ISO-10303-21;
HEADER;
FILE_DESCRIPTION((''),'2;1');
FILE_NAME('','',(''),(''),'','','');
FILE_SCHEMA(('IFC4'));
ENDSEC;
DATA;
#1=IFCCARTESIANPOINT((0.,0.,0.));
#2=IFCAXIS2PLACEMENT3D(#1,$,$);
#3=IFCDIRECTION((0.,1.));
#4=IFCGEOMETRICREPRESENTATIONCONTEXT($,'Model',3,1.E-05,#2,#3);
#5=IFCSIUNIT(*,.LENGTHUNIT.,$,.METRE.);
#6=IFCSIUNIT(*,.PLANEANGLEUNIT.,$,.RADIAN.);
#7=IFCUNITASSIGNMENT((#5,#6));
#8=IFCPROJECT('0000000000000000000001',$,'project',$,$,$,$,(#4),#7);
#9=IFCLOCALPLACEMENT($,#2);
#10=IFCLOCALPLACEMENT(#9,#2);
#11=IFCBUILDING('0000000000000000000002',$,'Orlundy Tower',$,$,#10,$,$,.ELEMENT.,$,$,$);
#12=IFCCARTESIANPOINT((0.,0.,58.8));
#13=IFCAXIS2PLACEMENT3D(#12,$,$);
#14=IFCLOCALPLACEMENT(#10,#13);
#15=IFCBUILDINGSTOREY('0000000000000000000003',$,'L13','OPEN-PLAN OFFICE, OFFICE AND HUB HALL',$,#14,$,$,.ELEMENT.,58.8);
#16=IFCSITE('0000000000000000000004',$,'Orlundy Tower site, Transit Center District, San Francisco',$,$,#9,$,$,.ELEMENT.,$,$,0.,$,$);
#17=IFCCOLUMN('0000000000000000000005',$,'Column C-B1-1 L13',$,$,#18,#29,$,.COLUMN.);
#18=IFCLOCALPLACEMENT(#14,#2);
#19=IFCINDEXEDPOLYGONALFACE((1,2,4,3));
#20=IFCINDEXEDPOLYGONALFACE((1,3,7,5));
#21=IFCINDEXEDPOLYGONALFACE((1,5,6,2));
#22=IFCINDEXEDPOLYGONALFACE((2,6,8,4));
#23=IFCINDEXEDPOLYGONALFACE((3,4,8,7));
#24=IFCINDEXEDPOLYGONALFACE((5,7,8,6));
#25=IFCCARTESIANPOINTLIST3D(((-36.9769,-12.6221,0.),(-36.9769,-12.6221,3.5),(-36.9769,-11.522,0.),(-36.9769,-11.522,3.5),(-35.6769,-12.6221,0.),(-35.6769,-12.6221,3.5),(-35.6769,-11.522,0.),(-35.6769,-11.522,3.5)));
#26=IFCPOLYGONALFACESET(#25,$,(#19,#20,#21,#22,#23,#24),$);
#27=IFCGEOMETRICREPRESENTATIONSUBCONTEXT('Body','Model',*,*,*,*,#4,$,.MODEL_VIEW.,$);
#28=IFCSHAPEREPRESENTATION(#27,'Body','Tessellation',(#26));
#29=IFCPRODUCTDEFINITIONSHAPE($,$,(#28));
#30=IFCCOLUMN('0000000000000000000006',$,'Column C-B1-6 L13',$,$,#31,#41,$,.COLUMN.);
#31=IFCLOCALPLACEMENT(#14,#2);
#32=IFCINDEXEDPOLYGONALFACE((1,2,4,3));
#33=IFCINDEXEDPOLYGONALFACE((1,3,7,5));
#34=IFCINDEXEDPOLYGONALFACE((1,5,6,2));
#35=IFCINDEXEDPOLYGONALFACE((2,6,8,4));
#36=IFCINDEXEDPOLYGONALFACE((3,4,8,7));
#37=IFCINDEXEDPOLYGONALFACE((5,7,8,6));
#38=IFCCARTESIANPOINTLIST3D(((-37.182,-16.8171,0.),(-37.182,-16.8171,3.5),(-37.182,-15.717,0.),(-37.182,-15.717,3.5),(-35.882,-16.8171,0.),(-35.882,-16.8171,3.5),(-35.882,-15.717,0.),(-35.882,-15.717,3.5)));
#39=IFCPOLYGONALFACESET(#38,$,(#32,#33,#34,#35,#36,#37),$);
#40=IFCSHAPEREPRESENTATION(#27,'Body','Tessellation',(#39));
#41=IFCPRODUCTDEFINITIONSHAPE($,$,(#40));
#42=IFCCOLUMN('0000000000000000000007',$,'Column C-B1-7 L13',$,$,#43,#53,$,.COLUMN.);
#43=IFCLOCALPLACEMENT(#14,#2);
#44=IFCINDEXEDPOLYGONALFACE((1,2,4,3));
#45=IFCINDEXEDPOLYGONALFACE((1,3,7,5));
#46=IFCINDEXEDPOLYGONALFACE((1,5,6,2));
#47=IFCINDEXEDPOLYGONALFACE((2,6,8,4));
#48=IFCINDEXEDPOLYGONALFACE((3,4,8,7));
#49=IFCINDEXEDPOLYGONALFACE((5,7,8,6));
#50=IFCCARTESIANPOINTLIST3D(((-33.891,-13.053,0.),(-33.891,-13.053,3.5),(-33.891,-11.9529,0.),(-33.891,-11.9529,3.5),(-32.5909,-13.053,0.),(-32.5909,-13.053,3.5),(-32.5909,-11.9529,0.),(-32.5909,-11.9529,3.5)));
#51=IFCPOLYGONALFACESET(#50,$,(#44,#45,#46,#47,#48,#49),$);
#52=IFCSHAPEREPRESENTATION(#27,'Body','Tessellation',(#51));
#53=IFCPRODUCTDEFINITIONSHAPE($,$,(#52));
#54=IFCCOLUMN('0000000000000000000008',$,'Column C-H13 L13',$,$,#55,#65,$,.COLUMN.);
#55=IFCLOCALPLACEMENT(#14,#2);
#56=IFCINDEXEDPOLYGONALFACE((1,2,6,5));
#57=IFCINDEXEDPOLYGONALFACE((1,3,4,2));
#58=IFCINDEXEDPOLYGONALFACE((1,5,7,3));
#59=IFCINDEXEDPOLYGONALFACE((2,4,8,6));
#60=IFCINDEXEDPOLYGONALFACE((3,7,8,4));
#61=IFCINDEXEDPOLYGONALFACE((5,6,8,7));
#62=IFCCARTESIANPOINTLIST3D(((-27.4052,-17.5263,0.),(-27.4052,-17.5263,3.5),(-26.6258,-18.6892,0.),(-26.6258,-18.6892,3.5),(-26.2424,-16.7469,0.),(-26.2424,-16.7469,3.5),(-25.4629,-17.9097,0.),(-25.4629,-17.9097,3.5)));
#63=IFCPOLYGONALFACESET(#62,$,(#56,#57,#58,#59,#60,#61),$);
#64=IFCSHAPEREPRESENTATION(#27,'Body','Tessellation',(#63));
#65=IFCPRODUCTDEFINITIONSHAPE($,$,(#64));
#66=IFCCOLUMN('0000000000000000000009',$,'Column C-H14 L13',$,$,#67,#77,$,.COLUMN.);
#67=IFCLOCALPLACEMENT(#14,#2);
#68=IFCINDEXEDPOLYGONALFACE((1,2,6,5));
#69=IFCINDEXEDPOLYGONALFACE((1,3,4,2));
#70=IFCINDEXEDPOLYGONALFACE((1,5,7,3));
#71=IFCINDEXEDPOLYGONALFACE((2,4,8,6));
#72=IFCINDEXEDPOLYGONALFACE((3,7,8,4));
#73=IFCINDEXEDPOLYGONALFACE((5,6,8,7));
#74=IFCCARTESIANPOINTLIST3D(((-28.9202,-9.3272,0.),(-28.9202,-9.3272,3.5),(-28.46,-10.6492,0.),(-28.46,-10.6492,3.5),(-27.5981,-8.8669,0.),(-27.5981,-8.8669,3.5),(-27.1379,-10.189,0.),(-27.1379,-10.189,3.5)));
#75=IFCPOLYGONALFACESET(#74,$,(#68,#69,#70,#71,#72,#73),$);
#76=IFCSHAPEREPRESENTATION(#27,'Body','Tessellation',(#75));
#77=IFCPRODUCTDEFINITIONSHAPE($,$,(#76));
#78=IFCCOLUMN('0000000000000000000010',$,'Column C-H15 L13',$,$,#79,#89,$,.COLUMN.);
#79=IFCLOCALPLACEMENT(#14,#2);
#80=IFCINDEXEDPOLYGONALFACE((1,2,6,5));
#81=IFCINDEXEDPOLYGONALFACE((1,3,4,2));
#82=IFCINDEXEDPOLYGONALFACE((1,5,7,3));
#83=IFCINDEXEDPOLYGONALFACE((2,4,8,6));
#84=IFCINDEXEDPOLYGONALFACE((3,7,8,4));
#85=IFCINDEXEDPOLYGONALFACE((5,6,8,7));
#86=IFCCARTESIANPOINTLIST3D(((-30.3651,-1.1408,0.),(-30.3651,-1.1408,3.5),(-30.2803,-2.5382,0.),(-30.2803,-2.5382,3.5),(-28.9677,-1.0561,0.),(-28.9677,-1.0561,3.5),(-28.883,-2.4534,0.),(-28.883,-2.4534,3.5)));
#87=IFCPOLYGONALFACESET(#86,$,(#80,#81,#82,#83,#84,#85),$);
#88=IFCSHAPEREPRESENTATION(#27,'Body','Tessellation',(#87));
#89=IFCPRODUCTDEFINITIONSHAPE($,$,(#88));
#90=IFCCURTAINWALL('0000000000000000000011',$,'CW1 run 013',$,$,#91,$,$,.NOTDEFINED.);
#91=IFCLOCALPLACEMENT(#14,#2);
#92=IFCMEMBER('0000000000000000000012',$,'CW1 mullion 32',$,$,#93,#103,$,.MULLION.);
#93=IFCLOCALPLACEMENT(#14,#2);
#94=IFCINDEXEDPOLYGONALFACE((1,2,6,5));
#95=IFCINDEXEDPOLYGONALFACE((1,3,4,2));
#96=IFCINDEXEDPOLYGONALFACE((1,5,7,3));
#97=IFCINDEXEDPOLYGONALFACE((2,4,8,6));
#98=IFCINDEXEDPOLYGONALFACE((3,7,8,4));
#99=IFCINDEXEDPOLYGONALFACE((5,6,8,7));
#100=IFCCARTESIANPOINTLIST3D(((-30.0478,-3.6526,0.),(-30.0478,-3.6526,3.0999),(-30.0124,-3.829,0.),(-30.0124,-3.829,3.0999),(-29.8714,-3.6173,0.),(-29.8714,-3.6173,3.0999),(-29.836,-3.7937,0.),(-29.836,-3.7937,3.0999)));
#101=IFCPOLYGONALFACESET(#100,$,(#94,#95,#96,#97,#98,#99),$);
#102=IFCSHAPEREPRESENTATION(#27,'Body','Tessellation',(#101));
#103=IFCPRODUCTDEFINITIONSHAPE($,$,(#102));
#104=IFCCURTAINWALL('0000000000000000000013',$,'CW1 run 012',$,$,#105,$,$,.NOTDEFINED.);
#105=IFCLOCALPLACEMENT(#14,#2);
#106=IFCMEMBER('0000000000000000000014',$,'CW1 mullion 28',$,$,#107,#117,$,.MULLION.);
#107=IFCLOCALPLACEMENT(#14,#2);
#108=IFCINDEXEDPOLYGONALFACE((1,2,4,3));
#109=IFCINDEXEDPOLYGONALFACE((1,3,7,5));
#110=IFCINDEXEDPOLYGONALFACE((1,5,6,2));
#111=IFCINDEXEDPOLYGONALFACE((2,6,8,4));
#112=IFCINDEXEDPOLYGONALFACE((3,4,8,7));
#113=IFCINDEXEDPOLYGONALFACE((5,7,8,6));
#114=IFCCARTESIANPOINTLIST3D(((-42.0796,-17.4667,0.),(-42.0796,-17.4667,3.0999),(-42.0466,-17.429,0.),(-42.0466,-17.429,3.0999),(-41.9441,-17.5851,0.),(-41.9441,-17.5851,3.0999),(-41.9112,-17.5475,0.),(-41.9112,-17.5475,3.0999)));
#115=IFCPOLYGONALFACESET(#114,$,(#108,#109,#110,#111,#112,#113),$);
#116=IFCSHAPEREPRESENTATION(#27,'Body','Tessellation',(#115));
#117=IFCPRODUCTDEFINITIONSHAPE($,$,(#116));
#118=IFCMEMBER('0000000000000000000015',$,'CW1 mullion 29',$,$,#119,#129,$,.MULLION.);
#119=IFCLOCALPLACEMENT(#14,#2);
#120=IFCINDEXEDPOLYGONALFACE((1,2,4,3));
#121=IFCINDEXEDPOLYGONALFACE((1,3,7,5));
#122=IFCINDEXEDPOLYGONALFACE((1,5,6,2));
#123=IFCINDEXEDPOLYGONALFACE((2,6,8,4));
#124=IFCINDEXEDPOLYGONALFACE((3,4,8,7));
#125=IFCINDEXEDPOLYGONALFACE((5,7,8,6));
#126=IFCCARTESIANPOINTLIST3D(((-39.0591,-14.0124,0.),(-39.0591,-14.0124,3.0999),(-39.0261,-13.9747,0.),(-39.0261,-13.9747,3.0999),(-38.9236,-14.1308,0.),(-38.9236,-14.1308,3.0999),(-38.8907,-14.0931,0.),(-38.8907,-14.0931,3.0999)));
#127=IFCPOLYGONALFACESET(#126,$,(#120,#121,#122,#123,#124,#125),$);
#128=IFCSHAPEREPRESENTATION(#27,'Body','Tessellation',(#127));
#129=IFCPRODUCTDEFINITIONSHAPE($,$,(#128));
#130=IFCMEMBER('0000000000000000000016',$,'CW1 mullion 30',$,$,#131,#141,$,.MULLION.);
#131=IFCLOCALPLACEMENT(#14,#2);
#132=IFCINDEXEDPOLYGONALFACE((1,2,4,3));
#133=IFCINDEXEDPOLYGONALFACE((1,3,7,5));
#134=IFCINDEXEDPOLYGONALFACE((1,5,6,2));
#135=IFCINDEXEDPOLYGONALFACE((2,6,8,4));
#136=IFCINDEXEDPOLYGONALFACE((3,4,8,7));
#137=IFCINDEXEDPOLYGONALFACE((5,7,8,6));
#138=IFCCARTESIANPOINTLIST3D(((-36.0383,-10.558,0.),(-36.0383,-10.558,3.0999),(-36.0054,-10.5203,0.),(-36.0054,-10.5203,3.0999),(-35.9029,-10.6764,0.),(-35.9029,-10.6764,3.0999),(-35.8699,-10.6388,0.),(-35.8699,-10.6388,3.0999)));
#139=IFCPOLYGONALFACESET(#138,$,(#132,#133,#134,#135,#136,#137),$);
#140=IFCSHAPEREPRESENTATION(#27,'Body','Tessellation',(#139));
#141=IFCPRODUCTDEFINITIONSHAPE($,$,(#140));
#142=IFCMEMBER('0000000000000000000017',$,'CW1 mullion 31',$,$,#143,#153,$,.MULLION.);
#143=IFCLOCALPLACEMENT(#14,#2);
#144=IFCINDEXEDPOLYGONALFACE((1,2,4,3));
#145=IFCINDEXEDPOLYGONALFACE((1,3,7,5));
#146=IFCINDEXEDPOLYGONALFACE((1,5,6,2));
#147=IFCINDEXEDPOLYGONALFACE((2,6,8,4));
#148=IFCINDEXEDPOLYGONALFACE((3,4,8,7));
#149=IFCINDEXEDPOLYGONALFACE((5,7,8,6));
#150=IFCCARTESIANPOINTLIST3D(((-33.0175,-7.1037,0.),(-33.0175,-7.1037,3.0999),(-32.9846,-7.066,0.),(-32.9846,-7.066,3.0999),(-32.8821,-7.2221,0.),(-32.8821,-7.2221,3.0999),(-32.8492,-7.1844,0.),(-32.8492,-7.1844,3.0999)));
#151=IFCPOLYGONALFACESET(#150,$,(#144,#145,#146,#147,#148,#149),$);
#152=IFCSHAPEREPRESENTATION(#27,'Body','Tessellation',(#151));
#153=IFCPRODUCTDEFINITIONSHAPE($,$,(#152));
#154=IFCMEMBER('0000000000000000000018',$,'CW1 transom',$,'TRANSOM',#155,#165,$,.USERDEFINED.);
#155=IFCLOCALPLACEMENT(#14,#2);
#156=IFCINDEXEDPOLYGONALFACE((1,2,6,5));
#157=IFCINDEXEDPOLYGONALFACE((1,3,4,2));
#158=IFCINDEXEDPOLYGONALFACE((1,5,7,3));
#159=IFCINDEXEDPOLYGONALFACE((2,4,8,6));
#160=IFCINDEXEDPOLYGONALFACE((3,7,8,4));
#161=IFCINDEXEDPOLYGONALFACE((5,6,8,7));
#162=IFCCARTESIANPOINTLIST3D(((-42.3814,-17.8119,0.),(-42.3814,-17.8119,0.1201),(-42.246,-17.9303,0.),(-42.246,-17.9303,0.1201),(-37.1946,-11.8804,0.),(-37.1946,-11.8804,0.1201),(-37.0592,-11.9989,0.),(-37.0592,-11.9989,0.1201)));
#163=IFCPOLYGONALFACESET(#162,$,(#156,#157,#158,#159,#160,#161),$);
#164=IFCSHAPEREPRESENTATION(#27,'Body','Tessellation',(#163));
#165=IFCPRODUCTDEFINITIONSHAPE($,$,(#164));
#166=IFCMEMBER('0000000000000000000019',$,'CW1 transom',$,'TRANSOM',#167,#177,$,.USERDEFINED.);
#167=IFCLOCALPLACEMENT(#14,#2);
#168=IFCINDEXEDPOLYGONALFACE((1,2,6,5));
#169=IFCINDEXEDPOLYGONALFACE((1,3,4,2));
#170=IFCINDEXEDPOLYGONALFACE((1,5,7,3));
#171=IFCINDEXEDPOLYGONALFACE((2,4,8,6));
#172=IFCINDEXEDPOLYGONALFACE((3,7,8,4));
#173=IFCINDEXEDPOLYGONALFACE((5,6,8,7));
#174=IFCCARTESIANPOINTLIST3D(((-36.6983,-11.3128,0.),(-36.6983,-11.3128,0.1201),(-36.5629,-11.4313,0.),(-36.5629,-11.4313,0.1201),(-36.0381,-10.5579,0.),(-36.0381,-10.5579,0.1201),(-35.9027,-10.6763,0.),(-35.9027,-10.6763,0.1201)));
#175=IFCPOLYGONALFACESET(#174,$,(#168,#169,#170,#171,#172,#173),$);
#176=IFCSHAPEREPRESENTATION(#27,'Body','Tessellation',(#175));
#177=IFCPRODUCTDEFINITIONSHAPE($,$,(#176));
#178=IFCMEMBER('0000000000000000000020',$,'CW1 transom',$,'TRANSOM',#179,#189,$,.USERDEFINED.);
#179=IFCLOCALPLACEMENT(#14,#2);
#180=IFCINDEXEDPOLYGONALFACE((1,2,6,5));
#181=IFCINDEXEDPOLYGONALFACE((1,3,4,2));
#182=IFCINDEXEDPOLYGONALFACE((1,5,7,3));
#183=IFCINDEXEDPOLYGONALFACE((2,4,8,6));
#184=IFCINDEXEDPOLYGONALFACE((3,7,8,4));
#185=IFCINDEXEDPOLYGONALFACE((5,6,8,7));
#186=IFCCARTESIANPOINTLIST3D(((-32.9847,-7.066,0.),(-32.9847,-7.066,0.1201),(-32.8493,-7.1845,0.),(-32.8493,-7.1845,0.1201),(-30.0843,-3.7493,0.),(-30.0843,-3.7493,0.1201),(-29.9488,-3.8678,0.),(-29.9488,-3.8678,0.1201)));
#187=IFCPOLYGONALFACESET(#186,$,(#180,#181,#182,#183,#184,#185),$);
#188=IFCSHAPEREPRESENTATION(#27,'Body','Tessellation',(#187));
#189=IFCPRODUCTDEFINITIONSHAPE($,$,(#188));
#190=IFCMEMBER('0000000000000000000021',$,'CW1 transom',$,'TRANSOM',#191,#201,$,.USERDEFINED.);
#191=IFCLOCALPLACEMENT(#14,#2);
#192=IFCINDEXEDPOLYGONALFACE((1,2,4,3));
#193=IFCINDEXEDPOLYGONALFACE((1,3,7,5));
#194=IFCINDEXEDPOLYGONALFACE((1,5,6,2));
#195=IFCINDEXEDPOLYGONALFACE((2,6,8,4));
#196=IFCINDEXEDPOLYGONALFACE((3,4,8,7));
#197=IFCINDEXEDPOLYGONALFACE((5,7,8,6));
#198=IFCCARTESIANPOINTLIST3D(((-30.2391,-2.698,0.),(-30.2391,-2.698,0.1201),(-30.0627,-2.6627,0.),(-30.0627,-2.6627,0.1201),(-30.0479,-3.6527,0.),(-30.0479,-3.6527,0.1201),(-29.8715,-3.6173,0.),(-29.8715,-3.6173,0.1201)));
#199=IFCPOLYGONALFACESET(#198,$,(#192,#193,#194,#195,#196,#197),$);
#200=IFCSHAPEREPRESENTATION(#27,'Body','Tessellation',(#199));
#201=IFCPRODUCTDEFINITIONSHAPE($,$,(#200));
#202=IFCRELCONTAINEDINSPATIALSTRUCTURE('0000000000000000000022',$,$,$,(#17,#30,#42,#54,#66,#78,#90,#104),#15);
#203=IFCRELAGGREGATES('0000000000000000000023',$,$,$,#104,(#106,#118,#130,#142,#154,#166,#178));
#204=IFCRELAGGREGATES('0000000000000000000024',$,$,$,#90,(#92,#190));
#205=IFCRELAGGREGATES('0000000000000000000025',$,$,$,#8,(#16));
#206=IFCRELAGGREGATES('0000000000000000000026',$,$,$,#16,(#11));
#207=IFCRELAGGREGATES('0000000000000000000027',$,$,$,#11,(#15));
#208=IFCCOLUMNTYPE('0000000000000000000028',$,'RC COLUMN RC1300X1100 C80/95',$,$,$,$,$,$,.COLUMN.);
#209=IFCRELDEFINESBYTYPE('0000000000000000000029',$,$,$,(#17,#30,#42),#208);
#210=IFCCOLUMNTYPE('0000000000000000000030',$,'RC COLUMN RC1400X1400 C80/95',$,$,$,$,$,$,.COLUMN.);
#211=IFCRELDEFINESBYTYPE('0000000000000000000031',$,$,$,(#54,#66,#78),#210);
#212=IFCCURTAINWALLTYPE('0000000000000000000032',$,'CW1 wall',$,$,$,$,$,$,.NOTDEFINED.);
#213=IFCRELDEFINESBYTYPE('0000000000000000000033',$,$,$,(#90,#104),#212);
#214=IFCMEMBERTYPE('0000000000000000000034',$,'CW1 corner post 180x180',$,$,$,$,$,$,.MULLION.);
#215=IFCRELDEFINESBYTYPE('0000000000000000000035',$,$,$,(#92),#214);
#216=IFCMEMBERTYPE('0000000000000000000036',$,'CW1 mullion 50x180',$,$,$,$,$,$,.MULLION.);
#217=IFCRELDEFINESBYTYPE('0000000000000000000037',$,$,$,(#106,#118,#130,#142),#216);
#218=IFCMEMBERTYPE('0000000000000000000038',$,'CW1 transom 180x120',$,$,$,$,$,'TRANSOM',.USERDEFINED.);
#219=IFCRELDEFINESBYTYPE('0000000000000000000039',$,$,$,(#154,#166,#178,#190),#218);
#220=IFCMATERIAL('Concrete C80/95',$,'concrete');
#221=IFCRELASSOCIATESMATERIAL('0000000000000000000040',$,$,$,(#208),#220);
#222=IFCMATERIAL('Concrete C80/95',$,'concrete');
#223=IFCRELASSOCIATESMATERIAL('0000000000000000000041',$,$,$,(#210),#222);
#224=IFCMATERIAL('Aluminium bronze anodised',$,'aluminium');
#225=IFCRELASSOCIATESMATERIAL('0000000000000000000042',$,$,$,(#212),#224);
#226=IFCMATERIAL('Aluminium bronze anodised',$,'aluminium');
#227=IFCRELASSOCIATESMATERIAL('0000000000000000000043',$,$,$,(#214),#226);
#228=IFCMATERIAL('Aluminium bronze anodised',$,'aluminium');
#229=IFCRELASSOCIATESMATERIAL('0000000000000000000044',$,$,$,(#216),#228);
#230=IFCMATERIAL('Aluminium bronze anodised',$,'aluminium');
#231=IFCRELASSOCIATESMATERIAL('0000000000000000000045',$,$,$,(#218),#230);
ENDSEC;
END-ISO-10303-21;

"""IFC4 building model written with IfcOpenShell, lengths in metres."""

from ifc_helpers import new_model, si_unit, direction, frame, origin, origin_2d, place, context, subcontext, project, spatial, rectangle, extrude, material, material_profile, profile_set, type_object, element, aggregate, save


model = new_model("IFC4")

# Units and contexts
model_context = context("Model", 3, precision=1e-05, world=origin(), true_north=direction((0.0, 1.0)))
body_context = subcontext(model_context, "Body", "Model", "MODEL_VIEW")
ifc_project = project(units=[si_unit("LENGTHUNIT", "METRE"), si_unit("PLANEANGLEUNIT", "RADIAN")], contexts=[model_context])

# Site, building, storey
site_placement = place(None, origin())
site = spatial("IfcSite", under=ifc_project, at=site_placement, Name="Orlundy Tower site, Transit Center District, San Francisco", CompositionType="ELEMENT", RefElevation=0.0)
building_placement = place(site_placement, origin())
building = spatial("IfcBuilding", under=site, at=building_placement, Name="Orlundy Tower", CompositionType="ELEMENT")
storey_placement = place(building_placement, frame((0.0, 0.0, 58.8)))
storey = spatial("IfcBuildingStorey", under=building, at=storey_placement, Name="L13", Description="OPEN-PLAN OFFICE, OFFICE AND HUB HALL", CompositionType="ELEMENT", Elevation=58.8)

# Columns
ifc_material_1 = material(Name="Concrete C80/95", Category="concrete")
ifc_material_profile_1 = material_profile(ifc_material_1, rectangle(XDim=1.3, YDim=1.1001, at=origin_2d()), Name="RC1300X1100")
ifc_profile_set_1 = profile_set([ifc_material_profile_1], Name="Concrete C80/95")
column_type_1 = type_object("IfcColumnType", Name="RC COLUMN RC1300X1100 C80/95", PredefinedType="COLUMN", material=ifc_profile_set_1)
for number, where, z_axis, x_axis, name in (
    (1, (-36.3269, -12.072, 0.0), (0.0, 0.0, 1.0), (1.0, 0.0, 0.0), "Column C-B1-1 L13"),
    (2, (-36.532, -16.2671, 0.0), (0.0, 0.0, 1.0), (1.0, 0.0, 0.0), "Column C-B1-6 L13"),
    (3, (-33.241, -12.5029, 0.0), (0.0, 0.0, 1.0), (1.0, 0.0, 0.0), "Column C-B1-7 L13"),
):
    element("IfcColumn", number, at=place(storey_placement, frame(where, z_axis=z_axis, x_axis=x_axis)), inside=storey, type_object=column_type_1, Name=name, PredefinedType="COLUMN", context=body_context, shape_type="SweptSolid", body=[
        extrude(rectangle(XDim=1.3, YDim=1.1001, at=origin_2d()), origin(), (0.0, 0.0, 1.0), 3.5),
    ])
ifc_material_2 = material(Name="Concrete C80/95", Category="concrete")
ifc_material_profile_2 = material_profile(ifc_material_2, rectangle(XDim=1.3999, YDim=1.3999, at=origin_2d()), Name="RC1400X1400")
ifc_profile_set_2 = profile_set([ifc_material_profile_2], Name="Concrete C80/95")
column_type_2 = type_object("IfcColumnType", Name="RC COLUMN RC1400X1400 C80/95", PredefinedType="COLUMN", material=ifc_profile_set_2)
for number, where, z_axis, x_axis, name in (
    (4, (-26.4341, -17.718, 0.0), (0.0, 0.0, 1.0), (-0.830664, -0.556774, 0.0), "Column C-H13 L13"),
    (5, (-28.0291, -9.7581, 0.0), (0.0, 0.0, 1.0), (-0.944405, -0.328784, 0.0), "Column C-H14 L13"),
    (6, (-29.624, -1.7971, 0.0), (0.0, 0.0, 1.0), (-0.998166, -0.060543, 0.0), "Column C-H15 L13"),
):
    element("IfcColumn", number, at=place(storey_placement, frame(where, z_axis=z_axis, x_axis=x_axis)), inside=storey, type_object=column_type_2, Name=name, PredefinedType="COLUMN", context=body_context, shape_type="SweptSolid", body=[
        extrude(rectangle(XDim=1.3999, YDim=1.3999, at=origin_2d()), origin(), (0.0, 0.0, 1.0), 3.5),
    ])

# Curtain wall, member
ifc_material_3 = material(Name="Aluminium bronze anodised", Category="aluminium")
curtain_wall_type = type_object("IfcCurtainWallType", Name="CW1 wall", PredefinedType="NOTDEFINED", material=ifc_material_3)
curtain_wall_1_placement = place(storey_placement, origin())
curtain_wall_1 = element("IfcCurtainWall", 7, at=curtain_wall_1_placement, inside=storey, type_object=curtain_wall_type, Name="CW1 run 013", PredefinedType="NOTDEFINED")
ifc_material_4 = material(Name="Aluminium bronze anodised", Category="aluminium")
ifc_material_profile_3 = material_profile(ifc_material_4, rectangle(XDim=0.1799, YDim=0.1799, at=origin_2d()), Name="CW1 corner post 180x180")
ifc_profile_set_3 = profile_set([ifc_material_profile_3], Name="Aluminium bronze anodised")
member_type_1 = type_object("IfcMemberType", Name="CW1 corner post 180x180", PredefinedType="MULLION", material=ifc_profile_set_3)
member_1_placement = place(storey_placement, frame((-29.9419, -3.7231, 0.0), z_axis=(0.0, 0.0, 1.0), x_axis=(-0.980498, -0.196529, 0.0)))
member_1 = element("IfcMember", 8, at=member_1_placement, type_object=member_type_1, Name="CW1 mullion 32", PredefinedType="MULLION", context=body_context, shape_type="SweptSolid", body=[
    extrude(rectangle(XDim=0.1799, YDim=0.1799, at=origin_2d()), origin(), (0.0, 0.0, 1.0), 3.0999),
])

# Curtain wall, members
curtain_wall_2_placement = place(storey_placement, origin())
curtain_wall_2 = element("IfcCurtainWall", 9, at=curtain_wall_2_placement, inside=storey, type_object=curtain_wall_type, Name="CW1 run 012", PredefinedType="NOTDEFINED")
ifc_material_5 = material(Name="Aluminium bronze anodised", Category="aluminium")
ifc_material_profile_4 = material_profile(ifc_material_5, rectangle(XDim=0.1799, YDim=0.05, at=origin_2d()), Name="CW1 mullion 50x180")
ifc_profile_set_4 = profile_set([ifc_material_profile_4], Name="Aluminium bronze anodised")
member_type_2 = type_object("IfcMemberType", Name="CW1 mullion 50x180", PredefinedType="MULLION", material=ifc_profile_set_4)
member_2_placement = place(storey_placement, frame((-41.9954, -17.5071, 0.0), z_axis=(0.0, 0.0, 1.0), x_axis=(-0.752779, 0.658273, 0.0)))
member_2 = element("IfcMember", 10, at=member_2_placement, type_object=member_type_2, Name="CW1 mullion 28", PredefinedType="MULLION", context=body_context, shape_type="SweptSolid", body=[
    extrude(rectangle(XDim=0.1799, YDim=0.05, at=origin_2d()), origin(), (0.0, 0.0, 1.0), 3.0999),
])
member_3_placement = place(storey_placement, frame((-38.9749, -14.0527, 0.0), z_axis=(0.0, 0.0, 1.0), x_axis=(-0.752779, 0.658273, 0.0)))
member_3 = element("IfcMember", 11, at=member_3_placement, type_object=member_type_2, Name="CW1 mullion 29", PredefinedType="MULLION", context=body_context, shape_type="SweptSolid", body=[
    extrude(rectangle(XDim=0.1799, YDim=0.05, at=origin_2d()), origin(), (0.0, 0.0, 1.0), 3.0999),
])
member_4_placement = place(storey_placement, frame((-35.9541, -10.5984, 0.0), z_axis=(0.0, 0.0, 1.0), x_axis=(-0.752779, 0.658273, 0.0)))
member_4 = element("IfcMember", 12, at=member_4_placement, type_object=member_type_2, Name="CW1 mullion 30", PredefinedType="MULLION", context=body_context, shape_type="SweptSolid", body=[
    extrude(rectangle(XDim=0.1799, YDim=0.05, at=origin_2d()), origin(), (0.0, 0.0, 1.0), 3.0999),
])
member_5_placement = place(storey_placement, frame((-32.9333, -7.144, 0.0), z_axis=(0.0, 0.0, 1.0), x_axis=(-0.752779, 0.658273, 0.0)))
member_5 = element("IfcMember", 13, at=member_5_placement, type_object=member_type_2, Name="CW1 mullion 31", PredefinedType="MULLION", context=body_context, shape_type="SweptSolid", body=[
    extrude(rectangle(XDim=0.1799, YDim=0.05, at=origin_2d()), origin(), (0.0, 0.0, 1.0), 3.0999),
])
ifc_material_6 = material(Name="Aluminium bronze anodised", Category="aluminium")
ifc_material_profile_5 = material_profile(ifc_material_6, rectangle(XDim=0.1799, YDim=0.1201, at=origin_2d()), Name="CW1 transom 180x120")
ifc_profile_set_5 = profile_set([ifc_material_profile_5], Name="Aluminium bronze anodised")
member_type_3 = type_object("IfcMemberType", Name="CW1 transom 180x120", ElementType="TRANSOM", PredefinedType="USERDEFINED", material=ifc_profile_set_5)
member_6_placement = place(storey_placement, frame((-42.3137, -17.8711, 0.0601), z_axis=(0.658274, 0.752778, 0.0), x_axis=(-0.752778, 0.658274, 0.0)))
member_6 = element("IfcMember", 14, at=member_6_placement, type_object=member_type_3, Name="CW1 transom", ObjectType="TRANSOM", PredefinedType="USERDEFINED", context=body_context, shape_type="SweptSolid", body=[
    extrude(rectangle(XDim=0.1799, YDim=0.1201, at=origin_2d()), origin(), (0.0, 0.0, 1.0), 7.8794),
])
member_7_placement = place(storey_placement, frame((-36.6306, -11.3721, 0.0601), z_axis=(0.658298, 0.752758, 0.0), x_axis=(-0.752758, 0.658298, 0.0)))
member_7 = element("IfcMember", 15, at=member_7_placement, type_object=member_type_3, Name="CW1 transom", ObjectType="TRANSOM", PredefinedType="USERDEFINED", context=body_context, shape_type="SweptSolid", body=[
    extrude(rectangle(XDim=0.1799, YDim=0.1201, at=origin_2d()), origin(), (0.0, 0.0, 1.0), 1.0029),
])
member_8_placement = place(storey_placement, frame((-32.917, -7.1252, 0.0601), z_axis=(0.658289, 0.752765, 0.0), x_axis=(-0.752765, 0.658289, 0.0)))
member_8 = element("IfcMember", 16, at=member_8_placement, type_object=member_type_3, Name="CW1 transom", ObjectType="TRANSOM", PredefinedType="USERDEFINED", context=body_context, shape_type="SweptSolid", body=[
    extrude(rectangle(XDim=0.1799, YDim=0.1201, at=origin_2d()), origin(), (0.0, 0.0, 1.0), 4.406),
])

# Member
member_9_placement = place(storey_placement, frame((-29.9597, -3.635, 0.0601), z_axis=(-0.196357, 0.980532, 0.0), x_axis=(-0.980532, -0.196357, 0.0)))
member_9 = element("IfcMember", 17, at=member_9_placement, type_object=member_type_3, Name="CW1 transom", ObjectType="TRANSOM", PredefinedType="USERDEFINED", context=body_context, shape_type="SweptSolid", body=[
    extrude(rectangle(XDim=0.1799, YDim=0.1201, at=origin_2d()), origin(), (0.0, 0.0, 1.0), 0.9736),
])

aggregate(curtain_wall_2, [member_2, member_3, member_4, member_5, member_6, member_7, member_8])
aggregate(curtain_wall_1, [member_1, member_9])

save(model, "model.ifc")
